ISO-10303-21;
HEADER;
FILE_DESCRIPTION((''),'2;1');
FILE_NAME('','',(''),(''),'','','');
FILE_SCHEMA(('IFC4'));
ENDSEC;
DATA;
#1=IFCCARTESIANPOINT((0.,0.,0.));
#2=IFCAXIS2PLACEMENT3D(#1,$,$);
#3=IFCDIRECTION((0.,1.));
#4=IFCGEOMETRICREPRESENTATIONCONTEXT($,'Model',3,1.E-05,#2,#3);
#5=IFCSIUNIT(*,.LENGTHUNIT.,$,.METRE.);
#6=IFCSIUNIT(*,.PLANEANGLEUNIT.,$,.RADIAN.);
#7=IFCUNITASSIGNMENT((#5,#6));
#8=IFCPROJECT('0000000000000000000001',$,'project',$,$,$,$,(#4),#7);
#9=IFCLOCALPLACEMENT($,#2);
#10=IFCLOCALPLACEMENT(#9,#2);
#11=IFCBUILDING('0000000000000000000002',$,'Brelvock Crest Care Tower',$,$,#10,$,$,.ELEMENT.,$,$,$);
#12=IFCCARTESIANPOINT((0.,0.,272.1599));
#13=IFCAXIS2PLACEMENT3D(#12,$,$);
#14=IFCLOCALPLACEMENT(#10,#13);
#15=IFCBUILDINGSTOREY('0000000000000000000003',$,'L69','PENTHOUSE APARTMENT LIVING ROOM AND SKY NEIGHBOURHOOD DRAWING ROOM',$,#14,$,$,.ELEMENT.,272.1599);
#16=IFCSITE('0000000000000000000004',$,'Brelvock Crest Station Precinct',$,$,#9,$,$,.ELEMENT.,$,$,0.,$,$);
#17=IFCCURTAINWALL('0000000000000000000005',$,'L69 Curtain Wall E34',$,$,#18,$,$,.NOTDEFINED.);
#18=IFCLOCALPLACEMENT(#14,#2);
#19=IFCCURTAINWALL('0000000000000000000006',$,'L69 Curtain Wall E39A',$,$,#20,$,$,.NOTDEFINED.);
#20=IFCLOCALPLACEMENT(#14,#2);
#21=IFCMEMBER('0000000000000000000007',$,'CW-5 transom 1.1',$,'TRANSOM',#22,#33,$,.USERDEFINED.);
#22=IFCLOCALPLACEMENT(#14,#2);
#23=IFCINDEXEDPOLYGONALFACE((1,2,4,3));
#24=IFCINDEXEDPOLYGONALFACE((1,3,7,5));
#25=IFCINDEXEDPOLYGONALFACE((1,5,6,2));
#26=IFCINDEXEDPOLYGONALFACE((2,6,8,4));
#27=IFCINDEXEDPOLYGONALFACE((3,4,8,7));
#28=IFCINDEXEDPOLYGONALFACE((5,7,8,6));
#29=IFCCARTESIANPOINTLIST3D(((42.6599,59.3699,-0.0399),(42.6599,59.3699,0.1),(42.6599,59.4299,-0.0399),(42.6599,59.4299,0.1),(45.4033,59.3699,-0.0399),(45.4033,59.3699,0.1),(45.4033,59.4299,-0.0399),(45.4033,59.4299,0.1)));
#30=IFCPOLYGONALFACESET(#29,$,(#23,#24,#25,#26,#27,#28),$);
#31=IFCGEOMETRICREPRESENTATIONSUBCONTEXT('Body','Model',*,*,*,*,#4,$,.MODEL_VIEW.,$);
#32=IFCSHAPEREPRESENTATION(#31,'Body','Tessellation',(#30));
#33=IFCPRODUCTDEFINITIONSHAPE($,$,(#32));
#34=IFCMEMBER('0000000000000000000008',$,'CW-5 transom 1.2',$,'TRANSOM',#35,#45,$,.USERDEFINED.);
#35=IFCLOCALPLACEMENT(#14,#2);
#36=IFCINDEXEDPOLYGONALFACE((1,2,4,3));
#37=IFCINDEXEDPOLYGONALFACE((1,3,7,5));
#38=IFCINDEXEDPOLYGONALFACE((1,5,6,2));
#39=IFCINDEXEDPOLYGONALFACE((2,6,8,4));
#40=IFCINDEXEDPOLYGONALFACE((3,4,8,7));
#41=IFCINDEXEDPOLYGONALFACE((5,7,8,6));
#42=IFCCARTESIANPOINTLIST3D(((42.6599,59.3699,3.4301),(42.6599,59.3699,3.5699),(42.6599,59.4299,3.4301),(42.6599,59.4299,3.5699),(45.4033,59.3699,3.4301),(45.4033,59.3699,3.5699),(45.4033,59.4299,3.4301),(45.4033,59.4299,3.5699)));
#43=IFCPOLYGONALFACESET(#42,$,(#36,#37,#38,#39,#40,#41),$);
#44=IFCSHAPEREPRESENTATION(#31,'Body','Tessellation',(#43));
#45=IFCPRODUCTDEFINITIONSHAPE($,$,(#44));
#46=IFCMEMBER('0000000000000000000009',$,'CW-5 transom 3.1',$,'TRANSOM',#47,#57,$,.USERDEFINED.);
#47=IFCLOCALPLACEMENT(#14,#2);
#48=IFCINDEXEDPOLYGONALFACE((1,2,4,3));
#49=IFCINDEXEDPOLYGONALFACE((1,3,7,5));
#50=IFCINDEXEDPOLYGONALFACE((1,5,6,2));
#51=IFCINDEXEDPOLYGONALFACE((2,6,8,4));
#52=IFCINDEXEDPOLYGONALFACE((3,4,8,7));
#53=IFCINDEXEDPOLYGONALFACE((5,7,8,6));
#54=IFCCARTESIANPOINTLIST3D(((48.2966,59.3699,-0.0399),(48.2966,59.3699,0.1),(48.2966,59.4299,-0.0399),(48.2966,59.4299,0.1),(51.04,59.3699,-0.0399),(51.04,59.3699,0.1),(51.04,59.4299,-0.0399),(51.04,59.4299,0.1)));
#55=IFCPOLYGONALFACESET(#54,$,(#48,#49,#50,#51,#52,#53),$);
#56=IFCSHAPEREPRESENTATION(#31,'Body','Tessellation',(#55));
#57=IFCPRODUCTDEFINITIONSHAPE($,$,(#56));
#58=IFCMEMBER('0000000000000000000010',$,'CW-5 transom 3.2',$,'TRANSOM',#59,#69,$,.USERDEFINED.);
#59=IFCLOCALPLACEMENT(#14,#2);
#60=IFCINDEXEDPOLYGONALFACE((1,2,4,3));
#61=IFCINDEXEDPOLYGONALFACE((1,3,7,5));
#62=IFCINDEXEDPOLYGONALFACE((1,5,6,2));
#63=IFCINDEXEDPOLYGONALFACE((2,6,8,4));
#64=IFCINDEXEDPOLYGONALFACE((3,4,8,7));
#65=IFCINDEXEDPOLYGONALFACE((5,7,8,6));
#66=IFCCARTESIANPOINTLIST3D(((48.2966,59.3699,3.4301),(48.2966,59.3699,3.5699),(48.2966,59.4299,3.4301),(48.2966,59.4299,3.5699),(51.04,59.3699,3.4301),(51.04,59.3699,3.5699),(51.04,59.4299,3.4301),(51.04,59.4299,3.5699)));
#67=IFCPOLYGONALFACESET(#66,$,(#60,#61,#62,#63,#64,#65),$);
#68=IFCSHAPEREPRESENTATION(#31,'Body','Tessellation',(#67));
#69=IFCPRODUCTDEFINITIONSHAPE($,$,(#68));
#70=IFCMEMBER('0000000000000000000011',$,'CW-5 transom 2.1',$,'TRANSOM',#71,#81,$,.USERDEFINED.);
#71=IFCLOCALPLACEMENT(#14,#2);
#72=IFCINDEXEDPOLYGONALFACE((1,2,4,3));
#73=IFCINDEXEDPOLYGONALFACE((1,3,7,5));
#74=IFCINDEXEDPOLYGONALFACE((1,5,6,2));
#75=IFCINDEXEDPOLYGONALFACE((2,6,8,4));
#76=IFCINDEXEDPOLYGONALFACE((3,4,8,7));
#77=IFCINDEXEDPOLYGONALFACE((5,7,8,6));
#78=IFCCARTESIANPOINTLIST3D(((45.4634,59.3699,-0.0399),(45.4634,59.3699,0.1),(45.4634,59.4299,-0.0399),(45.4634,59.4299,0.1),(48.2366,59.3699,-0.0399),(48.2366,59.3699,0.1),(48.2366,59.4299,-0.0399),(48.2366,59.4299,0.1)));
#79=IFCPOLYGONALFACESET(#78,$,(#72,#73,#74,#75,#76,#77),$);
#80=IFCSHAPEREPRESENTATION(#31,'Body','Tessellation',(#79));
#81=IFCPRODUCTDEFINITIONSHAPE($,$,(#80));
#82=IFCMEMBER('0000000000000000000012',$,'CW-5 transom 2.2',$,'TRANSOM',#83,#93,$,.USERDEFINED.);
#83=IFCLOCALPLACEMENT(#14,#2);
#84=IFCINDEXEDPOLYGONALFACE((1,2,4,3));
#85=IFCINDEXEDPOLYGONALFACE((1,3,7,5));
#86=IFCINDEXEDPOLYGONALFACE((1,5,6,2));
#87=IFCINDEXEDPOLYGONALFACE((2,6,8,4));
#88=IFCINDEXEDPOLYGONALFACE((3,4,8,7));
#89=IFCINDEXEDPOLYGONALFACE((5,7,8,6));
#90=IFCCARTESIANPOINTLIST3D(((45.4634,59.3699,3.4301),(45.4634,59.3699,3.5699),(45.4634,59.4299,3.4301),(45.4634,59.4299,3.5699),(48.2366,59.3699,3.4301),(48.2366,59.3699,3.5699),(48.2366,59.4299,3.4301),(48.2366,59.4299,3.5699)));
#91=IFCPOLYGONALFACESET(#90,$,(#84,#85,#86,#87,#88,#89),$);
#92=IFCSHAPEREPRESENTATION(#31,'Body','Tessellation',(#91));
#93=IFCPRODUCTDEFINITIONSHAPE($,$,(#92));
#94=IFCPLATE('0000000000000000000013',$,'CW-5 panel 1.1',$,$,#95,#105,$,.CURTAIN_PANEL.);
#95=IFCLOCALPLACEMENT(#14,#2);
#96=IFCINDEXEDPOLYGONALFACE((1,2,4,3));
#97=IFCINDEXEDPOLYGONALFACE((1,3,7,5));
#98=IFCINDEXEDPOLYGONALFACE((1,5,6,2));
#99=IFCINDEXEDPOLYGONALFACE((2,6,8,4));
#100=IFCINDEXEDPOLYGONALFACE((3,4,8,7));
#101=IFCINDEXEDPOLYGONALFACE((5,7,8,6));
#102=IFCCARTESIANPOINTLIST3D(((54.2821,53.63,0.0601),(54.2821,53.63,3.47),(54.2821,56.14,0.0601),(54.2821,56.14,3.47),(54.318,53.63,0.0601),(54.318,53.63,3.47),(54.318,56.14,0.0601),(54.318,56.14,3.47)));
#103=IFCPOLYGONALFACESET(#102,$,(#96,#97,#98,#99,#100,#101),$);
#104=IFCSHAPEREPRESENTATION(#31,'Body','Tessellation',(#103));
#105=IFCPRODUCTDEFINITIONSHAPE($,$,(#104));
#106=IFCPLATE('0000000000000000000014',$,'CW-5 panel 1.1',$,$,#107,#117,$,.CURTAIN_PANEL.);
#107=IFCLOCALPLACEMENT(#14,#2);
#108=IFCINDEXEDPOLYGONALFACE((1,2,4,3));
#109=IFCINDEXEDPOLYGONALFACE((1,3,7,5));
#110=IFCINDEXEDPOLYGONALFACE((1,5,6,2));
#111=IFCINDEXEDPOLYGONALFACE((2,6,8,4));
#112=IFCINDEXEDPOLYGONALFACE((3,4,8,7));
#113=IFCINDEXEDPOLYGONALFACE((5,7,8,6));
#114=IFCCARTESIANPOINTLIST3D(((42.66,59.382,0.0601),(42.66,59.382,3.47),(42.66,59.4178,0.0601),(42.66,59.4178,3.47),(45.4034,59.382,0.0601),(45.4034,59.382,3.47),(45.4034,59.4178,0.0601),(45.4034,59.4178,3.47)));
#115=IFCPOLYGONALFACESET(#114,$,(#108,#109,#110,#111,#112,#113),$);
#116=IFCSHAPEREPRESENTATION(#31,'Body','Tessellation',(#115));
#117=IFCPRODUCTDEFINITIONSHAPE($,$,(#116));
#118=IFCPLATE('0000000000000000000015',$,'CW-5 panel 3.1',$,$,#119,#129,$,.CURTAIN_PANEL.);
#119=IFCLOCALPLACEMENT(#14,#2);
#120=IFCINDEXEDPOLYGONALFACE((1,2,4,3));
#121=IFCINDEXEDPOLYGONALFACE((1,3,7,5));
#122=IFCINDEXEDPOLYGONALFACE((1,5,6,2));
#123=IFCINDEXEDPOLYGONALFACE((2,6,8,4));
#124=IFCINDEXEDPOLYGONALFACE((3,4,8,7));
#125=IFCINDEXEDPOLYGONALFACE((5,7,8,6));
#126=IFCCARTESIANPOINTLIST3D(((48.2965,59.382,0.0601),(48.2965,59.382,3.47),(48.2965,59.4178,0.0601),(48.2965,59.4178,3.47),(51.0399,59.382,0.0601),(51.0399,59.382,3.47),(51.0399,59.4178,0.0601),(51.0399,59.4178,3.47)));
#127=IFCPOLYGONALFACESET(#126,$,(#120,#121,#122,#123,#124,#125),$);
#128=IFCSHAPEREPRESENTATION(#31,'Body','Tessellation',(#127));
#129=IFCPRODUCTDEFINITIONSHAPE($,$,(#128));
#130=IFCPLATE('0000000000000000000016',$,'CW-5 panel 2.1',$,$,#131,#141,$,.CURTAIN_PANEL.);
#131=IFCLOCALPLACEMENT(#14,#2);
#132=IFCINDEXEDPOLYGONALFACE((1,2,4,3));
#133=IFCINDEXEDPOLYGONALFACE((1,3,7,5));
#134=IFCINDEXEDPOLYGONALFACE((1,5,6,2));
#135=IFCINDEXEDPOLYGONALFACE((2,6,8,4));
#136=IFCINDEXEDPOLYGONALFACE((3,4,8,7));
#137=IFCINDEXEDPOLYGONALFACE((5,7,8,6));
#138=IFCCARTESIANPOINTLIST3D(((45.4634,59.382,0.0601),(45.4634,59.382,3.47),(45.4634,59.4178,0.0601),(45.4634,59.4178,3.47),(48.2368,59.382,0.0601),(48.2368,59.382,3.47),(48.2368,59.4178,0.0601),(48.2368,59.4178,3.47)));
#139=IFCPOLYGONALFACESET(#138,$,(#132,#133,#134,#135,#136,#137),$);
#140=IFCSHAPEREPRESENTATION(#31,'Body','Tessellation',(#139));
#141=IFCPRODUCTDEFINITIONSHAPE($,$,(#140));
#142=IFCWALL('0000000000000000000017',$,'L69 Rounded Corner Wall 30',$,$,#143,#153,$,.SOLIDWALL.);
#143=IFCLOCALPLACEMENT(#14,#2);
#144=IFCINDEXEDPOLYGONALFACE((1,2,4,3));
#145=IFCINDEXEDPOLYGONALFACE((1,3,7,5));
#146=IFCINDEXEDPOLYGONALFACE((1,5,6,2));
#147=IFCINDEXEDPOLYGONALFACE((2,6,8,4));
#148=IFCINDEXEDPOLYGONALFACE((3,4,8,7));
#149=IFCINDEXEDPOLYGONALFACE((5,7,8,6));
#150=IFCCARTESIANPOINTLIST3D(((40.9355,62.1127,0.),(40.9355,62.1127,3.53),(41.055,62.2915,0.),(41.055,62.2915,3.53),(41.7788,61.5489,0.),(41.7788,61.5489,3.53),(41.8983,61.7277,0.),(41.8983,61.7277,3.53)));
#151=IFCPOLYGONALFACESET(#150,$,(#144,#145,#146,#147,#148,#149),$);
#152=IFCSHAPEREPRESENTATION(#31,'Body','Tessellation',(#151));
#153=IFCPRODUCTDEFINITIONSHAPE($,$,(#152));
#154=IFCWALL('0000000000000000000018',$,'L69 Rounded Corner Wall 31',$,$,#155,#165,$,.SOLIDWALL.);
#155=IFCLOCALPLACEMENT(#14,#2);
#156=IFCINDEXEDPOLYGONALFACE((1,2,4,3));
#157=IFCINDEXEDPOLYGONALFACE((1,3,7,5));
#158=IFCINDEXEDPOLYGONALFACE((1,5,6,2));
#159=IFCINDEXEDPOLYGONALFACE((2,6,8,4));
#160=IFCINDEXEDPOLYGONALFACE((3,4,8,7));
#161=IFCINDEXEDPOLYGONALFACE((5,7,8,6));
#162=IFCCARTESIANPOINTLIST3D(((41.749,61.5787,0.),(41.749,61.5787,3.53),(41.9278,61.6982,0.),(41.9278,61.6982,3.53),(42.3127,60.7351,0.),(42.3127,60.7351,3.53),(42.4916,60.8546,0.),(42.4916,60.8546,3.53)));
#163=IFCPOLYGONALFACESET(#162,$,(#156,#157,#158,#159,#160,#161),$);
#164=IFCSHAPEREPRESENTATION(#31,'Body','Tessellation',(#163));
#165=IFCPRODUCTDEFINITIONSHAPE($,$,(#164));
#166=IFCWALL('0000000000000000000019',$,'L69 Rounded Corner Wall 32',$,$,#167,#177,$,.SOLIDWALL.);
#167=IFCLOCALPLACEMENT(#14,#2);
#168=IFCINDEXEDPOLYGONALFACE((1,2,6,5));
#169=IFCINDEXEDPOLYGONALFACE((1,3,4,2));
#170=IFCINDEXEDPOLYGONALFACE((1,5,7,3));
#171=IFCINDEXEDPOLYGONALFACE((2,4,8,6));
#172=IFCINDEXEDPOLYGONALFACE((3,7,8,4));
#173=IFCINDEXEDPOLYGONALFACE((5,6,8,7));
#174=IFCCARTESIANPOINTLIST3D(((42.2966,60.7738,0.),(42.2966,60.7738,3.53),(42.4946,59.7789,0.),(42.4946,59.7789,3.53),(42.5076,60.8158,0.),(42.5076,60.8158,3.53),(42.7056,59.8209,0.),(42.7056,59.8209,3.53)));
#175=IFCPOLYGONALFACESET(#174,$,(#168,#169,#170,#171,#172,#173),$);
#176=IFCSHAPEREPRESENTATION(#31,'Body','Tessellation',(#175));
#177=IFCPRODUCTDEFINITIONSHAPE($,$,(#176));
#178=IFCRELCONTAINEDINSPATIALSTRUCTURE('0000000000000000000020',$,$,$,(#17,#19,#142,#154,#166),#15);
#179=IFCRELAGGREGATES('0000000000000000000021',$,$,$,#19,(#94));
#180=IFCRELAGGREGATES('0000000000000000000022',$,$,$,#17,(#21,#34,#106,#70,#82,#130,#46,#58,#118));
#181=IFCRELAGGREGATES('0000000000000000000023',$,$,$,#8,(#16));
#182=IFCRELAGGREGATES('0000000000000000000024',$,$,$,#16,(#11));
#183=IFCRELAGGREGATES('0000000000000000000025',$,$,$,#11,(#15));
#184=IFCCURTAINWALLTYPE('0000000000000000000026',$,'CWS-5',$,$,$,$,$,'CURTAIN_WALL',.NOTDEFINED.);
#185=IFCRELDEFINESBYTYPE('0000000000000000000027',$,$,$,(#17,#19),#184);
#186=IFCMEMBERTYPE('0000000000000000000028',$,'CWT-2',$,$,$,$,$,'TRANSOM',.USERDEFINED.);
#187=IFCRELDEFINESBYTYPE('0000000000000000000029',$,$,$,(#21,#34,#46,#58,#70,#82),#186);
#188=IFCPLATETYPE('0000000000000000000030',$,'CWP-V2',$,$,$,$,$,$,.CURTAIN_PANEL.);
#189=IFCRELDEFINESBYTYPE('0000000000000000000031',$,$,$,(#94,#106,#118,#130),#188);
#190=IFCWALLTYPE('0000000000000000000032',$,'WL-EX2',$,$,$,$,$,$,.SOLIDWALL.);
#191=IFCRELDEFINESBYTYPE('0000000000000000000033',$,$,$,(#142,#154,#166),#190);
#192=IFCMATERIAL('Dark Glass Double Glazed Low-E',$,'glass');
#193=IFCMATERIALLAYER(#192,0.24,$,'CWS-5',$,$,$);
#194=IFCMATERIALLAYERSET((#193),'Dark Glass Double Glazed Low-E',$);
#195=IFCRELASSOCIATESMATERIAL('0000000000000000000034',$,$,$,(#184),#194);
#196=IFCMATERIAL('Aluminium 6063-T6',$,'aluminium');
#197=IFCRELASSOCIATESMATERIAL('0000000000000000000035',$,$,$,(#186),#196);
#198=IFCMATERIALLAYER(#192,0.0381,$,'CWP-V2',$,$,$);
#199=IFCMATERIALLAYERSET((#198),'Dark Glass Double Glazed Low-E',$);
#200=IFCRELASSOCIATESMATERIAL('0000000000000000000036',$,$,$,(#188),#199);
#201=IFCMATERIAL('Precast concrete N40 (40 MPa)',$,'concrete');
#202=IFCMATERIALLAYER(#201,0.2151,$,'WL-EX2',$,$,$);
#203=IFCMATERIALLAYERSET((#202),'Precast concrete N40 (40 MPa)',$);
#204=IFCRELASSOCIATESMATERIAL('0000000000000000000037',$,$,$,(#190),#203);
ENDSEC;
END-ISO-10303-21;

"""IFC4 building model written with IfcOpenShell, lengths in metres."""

from ifc_helpers import new_model, si_unit, direction, frame, frame_2d, origin, origin_2d, place, context, subcontext, project, spatial, rectangle, extrude, source, transform, mapped, material, layer, layer_set, material_profile, profile_set, type_object, element, aggregate, save


model = new_model("IFC4")

# Units and contexts
model_context = context("Model", 3, precision=1e-05, world=origin(), true_north=direction((0.0, 1.0)))
body_context = subcontext(model_context, "Body", "Model", "MODEL_VIEW")
ifc_project = project(units=[si_unit("LENGTHUNIT", "METRE"), si_unit("PLANEANGLEUNIT", "RADIAN")], contexts=[model_context])

# Site, building, storey
site_placement = place(None, origin())
site = spatial("IfcSite", under=ifc_project, at=site_placement, Name="Brelvock Crest Station Precinct", CompositionType="ELEMENT", RefElevation=0.0)
building_placement = place(site_placement, origin())
building = spatial("IfcBuilding", under=site, at=building_placement, Name="Brelvock Crest Care Tower", CompositionType="ELEMENT")
storey_placement = place(building_placement, frame((0.0, 0.0, 272.1599)))
storey = spatial("IfcBuildingStorey", under=building, at=storey_placement, Name="L69", Description="PENTHOUSE APARTMENT LIVING ROOM AND SKY NEIGHBOURHOOD DRAWING ROOM", CompositionType="ELEMENT", Elevation=272.1599)

# Curtain walls
ifc_material_1 = material(Name="Dark Glass Double Glazed Low-E", Category="glass")
ifc_layer_1 = layer(ifc_material_1, 0.24, Name="CWS-5")
ifc_layer_set_1 = layer_set([ifc_layer_1], Name="Dark Glass Double Glazed Low-E")
curtain_wall_type = type_object("IfcCurtainWallType", Name="CWS-5", ElementType="CURTAIN_WALL", PredefinedType="NOTDEFINED", material=ifc_layer_set_1)
curtain_wall_1_placement = place(storey_placement, origin())
curtain_wall_1 = element("IfcCurtainWall", 1, at=curtain_wall_1_placement, inside=storey, type_object=curtain_wall_type, Name="L69 Curtain Wall E34", PredefinedType="NOTDEFINED")
ifc_material_2 = material(Name="Aluminium 6063-T6", Category="aluminium")
curtain_wall_2_placement = place(storey_placement, origin())
curtain_wall_2 = element("IfcCurtainWall", 2, at=curtain_wall_2_placement, inside=storey, type_object=curtain_wall_type, Name="L69 Curtain Wall E39A", PredefinedType="NOTDEFINED")
ifc_material_profile_1 = material_profile(ifc_material_2, rectangle(XDim=0.0601, YDim=0.1399, at=origin_2d()), Name="ALU60x140")
ifc_profile_set_1 = profile_set([ifc_material_profile_1], Name="Aluminium 6063-T6")
member_type_1 = type_object("IfcMemberType", Name="CWT-2", ElementType="TRANSOM", PredefinedType="USERDEFINED", material=ifc_profile_set_1)

# Members
shared_shape_1 = source(origin(), body_context, "Body", "SweptSolid", [
    extrude(rectangle(XDim=0.0601, YDim=0.1399, at=origin_2d()), origin(), (0.0, 0.0, 1.0), 2.7434),
])
member_1_placement = place(storey_placement, frame((42.6599, 59.3999, 0.03), z_axis=(1.0, 0.0, 0.0), x_axis=(0.0, 1.0, 0.0)))
member_1 = element("IfcMember", 3, at=member_1_placement, type_object=member_type_1, Name="CW-5 transom 1.1", ObjectType="TRANSOM", PredefinedType="USERDEFINED", context=body_context, shape_type="MappedRepresentation", body=[
    mapped(shared_shape_1, transform((0.0, 0.0, 0.0), x_axis=(1.0, 0.0, 0.0), y_axis=(0.0, 1.0, 0.0), z_axis=(0.0, 0.0, 1.0), scale=1.0)),
])
member_2_placement = place(storey_placement, frame((42.6599, 59.3999, 3.5), z_axis=(1.0, 0.0, 0.0), x_axis=(0.0, 1.0, 0.0)))
member_2 = element("IfcMember", 4, at=member_2_placement, type_object=member_type_1, Name="CW-5 transom 1.2", ObjectType="TRANSOM", PredefinedType="USERDEFINED", context=body_context, shape_type="MappedRepresentation", body=[
    mapped(shared_shape_1, transform((0.0, 0.0, 0.0), x_axis=(1.0, 0.0, 0.0), y_axis=(0.0, 1.0, 0.0), z_axis=(0.0, 0.0, 1.0), scale=1.0)),
])
member_3_placement = place(storey_placement, frame((48.2966, 59.3999, 0.03), z_axis=(1.0, 0.0, 0.0), x_axis=(0.0, 1.0, 0.0)))
member_3 = element("IfcMember", 5, at=member_3_placement, type_object=member_type_1, Name="CW-5 transom 3.1", ObjectType="TRANSOM", PredefinedType="USERDEFINED", context=body_context, shape_type="MappedRepresentation", body=[
    mapped(shared_shape_1, transform((0.0, 0.0, 0.0), x_axis=(1.0, 0.0, 0.0), y_axis=(0.0, 1.0, 0.0), z_axis=(0.0, 0.0, 1.0), scale=1.0)),
])
member_4_placement = place(storey_placement, frame((48.2966, 59.3999, 3.5), z_axis=(1.0, 0.0, 0.0), x_axis=(0.0, 1.0, 0.0)))
member_4 = element("IfcMember", 6, at=member_4_placement, type_object=member_type_1, Name="CW-5 transom 3.2", ObjectType="TRANSOM", PredefinedType="USERDEFINED", context=body_context, shape_type="MappedRepresentation", body=[
    mapped(shared_shape_1, transform((0.0, 0.0, 0.0), x_axis=(1.0, 0.0, 0.0), y_axis=(0.0, 1.0, 0.0), z_axis=(0.0, 0.0, 1.0), scale=1.0)),
])
shared_shape_2 = source(origin(), body_context, "Body", "SweptSolid", [
    extrude(rectangle(XDim=0.0601, YDim=0.1399, at=origin_2d()), origin(), (0.0, 0.0, 1.0), 2.7732),
])
member_5_placement = place(storey_placement, frame((45.4634, 59.3999, 0.03), z_axis=(1.0, 0.0, 0.0), x_axis=(0.0, 1.0, 0.0)))
member_5 = element("IfcMember", 7, at=member_5_placement, type_object=member_type_1, Name="CW-5 transom 2.1", ObjectType="TRANSOM", PredefinedType="USERDEFINED", context=body_context, shape_type="MappedRepresentation", body=[
    mapped(shared_shape_2, transform((0.0, 0.0, 0.0), x_axis=(1.0, 0.0, 0.0), y_axis=(0.0, 1.0, 0.0), z_axis=(0.0, 0.0, 1.0), scale=1.0)),
])
member_6_placement = place(storey_placement, frame((45.4634, 59.3999, 3.5), z_axis=(1.0, 0.0, 0.0), x_axis=(0.0, 1.0, 0.0)))
member_6 = element("IfcMember", 8, at=member_6_placement, type_object=member_type_1, Name="CW-5 transom 2.2", ObjectType="TRANSOM", PredefinedType="USERDEFINED", context=body_context, shape_type="MappedRepresentation", body=[
    mapped(shared_shape_2, transform((0.0, 0.0, 0.0), x_axis=(1.0, 0.0, 0.0), y_axis=(0.0, 1.0, 0.0), z_axis=(0.0, 0.0, 1.0), scale=1.0)),
])

# Plates
ifc_layer_2 = layer(ifc_material_1, 0.0381, Name="CWP-V2")
ifc_layer_set_2 = layer_set([ifc_layer_2], Name="Dark Glass Double Glazed Low-E")
plate_type = type_object("IfcPlateType", Name="CWP-V2", PredefinedType="CURTAIN_PANEL", material=ifc_layer_set_2)
shared_shape_3 = source(origin(), body_context, "Body", "SweptSolid", [
    extrude(rectangle(XDim=2.51, YDim=0.0359, at=origin_2d()), origin(), (0.0, 0.0, 1.0), 3.4099),
])
plate_1_placement = place(storey_placement, frame((54.3, 54.885, 0.0601), z_axis=(0.0, 0.0, 1.0), x_axis=(0.0, -1.0, 0.0)))
plate_1 = element("IfcPlate", 9, at=plate_1_placement, type_object=plate_type, Name="CW-5 panel 1.1", PredefinedType="CURTAIN_PANEL", context=body_context, shape_type="MappedRepresentation", body=[
    mapped(shared_shape_3, transform((0.0, 0.0, 0.0), x_axis=(1.0, 0.0, 0.0), y_axis=(0.0, 1.0, 0.0), z_axis=(0.0, 0.0, 1.0), scale=1.0)),
])
aggregate(curtain_wall_2, [plate_1])
shared_shape_4 = source(origin(), body_context, "Body", "SweptSolid", [
    extrude(rectangle(XDim=2.7434, YDim=0.0359, at=origin_2d()), origin(), (0.0, 0.0, 1.0), 3.4099),
])
plate_2_placement = place(storey_placement, frame((44.0317, 59.3999, 0.0601), z_axis=(0.0, 0.0, 1.0), x_axis=(1.0, 0.0, 0.0)))
plate_2 = element("IfcPlate", 10, at=plate_2_placement, type_object=plate_type, Name="CW-5 panel 1.1", PredefinedType="CURTAIN_PANEL", context=body_context, shape_type="MappedRepresentation", body=[
    mapped(shared_shape_4, transform((0.0, 0.0, 0.0), x_axis=(1.0, 0.0, 0.0), y_axis=(0.0, 1.0, 0.0), z_axis=(0.0, 0.0, 1.0), scale=1.0)),
])
plate_3_placement = place(storey_placement, frame((49.6682, 59.3999, 0.0601), z_axis=(0.0, 0.0, 1.0), x_axis=(1.0, 0.0, 0.0)))
plate_3 = element("IfcPlate", 11, at=plate_3_placement, type_object=plate_type, Name="CW-5 panel 3.1", PredefinedType="CURTAIN_PANEL", context=body_context, shape_type="MappedRepresentation", body=[
    mapped(shared_shape_4, transform((0.0, 0.0, 0.0), x_axis=(1.0, 0.0, 0.0), y_axis=(0.0, 1.0, 0.0), z_axis=(0.0, 0.0, 1.0), scale=1.0)),
])
shared_shape_5 = source(origin(), body_context, "Body", "SweptSolid", [
    extrude(rectangle(XDim=2.7734, YDim=0.0359, at=origin_2d()), origin(), (0.0, 0.0, 1.0), 3.4099),
])
plate_4_placement = place(storey_placement, frame((46.8501, 59.3999, 0.0601), z_axis=(0.0, 0.0, 1.0), x_axis=(1.0, 0.0, 0.0)))
plate_4 = element("IfcPlate", 12, at=plate_4_placement, type_object=plate_type, Name="CW-5 panel 2.1", PredefinedType="CURTAIN_PANEL", context=body_context, shape_type="MappedRepresentation", body=[
    mapped(shared_shape_5, transform((0.0, 0.0, 0.0), x_axis=(1.0, 0.0, 0.0), y_axis=(0.0, 1.0, 0.0), z_axis=(0.0, 0.0, 1.0), scale=1.0)),
])
aggregate(curtain_wall_1, [member_1, member_2, plate_2, member_5, member_6, plate_4, member_3, member_4, plate_3])

# Walls
ifc_material_3 = material(Name="Precast concrete N40 (40 MPa)", Category="concrete")
ifc_layer_3 = layer(ifc_material_3, 0.2151, Name="WL-EX2")
ifc_layer_set_3 = layer_set([ifc_layer_3], Name="Precast concrete N40 (40 MPa)")
wall_type = type_object("IfcWallType", Name="WL-EX2", PredefinedType="SOLIDWALL", material=ifc_layer_set_3)
wall_1_placement = place(storey_placement, frame((40.9951, 62.2021, 0.0), z_axis=(0.0, 0.0, 1.0), x_axis=(0.831346, -0.555755, 0.0)))
element("IfcWall", 13, at=wall_1_placement, inside=storey, type_object=wall_type, Name="L69 Rounded Corner Wall 30", PredefinedType="SOLIDWALL", context=body_context, shape_type="SweptSolid", body=[
    extrude(rectangle(XDim=1.0144, YDim=0.2151, at=frame_2d((0.5073, 0.0))), origin(), (0.0, 0.0, 1.0), 3.53),
])
wall_2_placement = place(storey_placement, frame((41.8384, 61.6384, 0.0), z_axis=(0.0, 0.0, 1.0), x_axis=(0.555644, -0.83142, 0.0)))
element("IfcWall", 14, at=wall_2_placement, inside=storey, type_object=wall_type, Name="L69 Rounded Corner Wall 31", PredefinedType="SOLIDWALL", context=body_context, shape_type="SweptSolid", body=[
    extrude(rectangle(XDim=1.0146, YDim=0.2151, at=frame_2d((0.5073, 0.0))), origin(), (0.0, 0.0, 1.0), 3.53),
])
wall_3_placement = place(storey_placement, frame((42.4021, 60.7949, 0.0), z_axis=(0.0, 0.0, 1.0), x_axis=(0.19519, -0.980765, 0.0)))
element("IfcWall", 15, at=wall_3_placement, inside=storey, type_object=wall_type, Name="L69 Rounded Corner Wall 32", PredefinedType="SOLIDWALL", context=body_context, shape_type="SweptSolid", body=[
    extrude(rectangle(XDim=1.0144, YDim=0.2151, at=frame_2d((0.5073, 0.0))), origin(), (0.0, 0.0, 1.0), 3.53),
])

save(model, "model.ifc")
